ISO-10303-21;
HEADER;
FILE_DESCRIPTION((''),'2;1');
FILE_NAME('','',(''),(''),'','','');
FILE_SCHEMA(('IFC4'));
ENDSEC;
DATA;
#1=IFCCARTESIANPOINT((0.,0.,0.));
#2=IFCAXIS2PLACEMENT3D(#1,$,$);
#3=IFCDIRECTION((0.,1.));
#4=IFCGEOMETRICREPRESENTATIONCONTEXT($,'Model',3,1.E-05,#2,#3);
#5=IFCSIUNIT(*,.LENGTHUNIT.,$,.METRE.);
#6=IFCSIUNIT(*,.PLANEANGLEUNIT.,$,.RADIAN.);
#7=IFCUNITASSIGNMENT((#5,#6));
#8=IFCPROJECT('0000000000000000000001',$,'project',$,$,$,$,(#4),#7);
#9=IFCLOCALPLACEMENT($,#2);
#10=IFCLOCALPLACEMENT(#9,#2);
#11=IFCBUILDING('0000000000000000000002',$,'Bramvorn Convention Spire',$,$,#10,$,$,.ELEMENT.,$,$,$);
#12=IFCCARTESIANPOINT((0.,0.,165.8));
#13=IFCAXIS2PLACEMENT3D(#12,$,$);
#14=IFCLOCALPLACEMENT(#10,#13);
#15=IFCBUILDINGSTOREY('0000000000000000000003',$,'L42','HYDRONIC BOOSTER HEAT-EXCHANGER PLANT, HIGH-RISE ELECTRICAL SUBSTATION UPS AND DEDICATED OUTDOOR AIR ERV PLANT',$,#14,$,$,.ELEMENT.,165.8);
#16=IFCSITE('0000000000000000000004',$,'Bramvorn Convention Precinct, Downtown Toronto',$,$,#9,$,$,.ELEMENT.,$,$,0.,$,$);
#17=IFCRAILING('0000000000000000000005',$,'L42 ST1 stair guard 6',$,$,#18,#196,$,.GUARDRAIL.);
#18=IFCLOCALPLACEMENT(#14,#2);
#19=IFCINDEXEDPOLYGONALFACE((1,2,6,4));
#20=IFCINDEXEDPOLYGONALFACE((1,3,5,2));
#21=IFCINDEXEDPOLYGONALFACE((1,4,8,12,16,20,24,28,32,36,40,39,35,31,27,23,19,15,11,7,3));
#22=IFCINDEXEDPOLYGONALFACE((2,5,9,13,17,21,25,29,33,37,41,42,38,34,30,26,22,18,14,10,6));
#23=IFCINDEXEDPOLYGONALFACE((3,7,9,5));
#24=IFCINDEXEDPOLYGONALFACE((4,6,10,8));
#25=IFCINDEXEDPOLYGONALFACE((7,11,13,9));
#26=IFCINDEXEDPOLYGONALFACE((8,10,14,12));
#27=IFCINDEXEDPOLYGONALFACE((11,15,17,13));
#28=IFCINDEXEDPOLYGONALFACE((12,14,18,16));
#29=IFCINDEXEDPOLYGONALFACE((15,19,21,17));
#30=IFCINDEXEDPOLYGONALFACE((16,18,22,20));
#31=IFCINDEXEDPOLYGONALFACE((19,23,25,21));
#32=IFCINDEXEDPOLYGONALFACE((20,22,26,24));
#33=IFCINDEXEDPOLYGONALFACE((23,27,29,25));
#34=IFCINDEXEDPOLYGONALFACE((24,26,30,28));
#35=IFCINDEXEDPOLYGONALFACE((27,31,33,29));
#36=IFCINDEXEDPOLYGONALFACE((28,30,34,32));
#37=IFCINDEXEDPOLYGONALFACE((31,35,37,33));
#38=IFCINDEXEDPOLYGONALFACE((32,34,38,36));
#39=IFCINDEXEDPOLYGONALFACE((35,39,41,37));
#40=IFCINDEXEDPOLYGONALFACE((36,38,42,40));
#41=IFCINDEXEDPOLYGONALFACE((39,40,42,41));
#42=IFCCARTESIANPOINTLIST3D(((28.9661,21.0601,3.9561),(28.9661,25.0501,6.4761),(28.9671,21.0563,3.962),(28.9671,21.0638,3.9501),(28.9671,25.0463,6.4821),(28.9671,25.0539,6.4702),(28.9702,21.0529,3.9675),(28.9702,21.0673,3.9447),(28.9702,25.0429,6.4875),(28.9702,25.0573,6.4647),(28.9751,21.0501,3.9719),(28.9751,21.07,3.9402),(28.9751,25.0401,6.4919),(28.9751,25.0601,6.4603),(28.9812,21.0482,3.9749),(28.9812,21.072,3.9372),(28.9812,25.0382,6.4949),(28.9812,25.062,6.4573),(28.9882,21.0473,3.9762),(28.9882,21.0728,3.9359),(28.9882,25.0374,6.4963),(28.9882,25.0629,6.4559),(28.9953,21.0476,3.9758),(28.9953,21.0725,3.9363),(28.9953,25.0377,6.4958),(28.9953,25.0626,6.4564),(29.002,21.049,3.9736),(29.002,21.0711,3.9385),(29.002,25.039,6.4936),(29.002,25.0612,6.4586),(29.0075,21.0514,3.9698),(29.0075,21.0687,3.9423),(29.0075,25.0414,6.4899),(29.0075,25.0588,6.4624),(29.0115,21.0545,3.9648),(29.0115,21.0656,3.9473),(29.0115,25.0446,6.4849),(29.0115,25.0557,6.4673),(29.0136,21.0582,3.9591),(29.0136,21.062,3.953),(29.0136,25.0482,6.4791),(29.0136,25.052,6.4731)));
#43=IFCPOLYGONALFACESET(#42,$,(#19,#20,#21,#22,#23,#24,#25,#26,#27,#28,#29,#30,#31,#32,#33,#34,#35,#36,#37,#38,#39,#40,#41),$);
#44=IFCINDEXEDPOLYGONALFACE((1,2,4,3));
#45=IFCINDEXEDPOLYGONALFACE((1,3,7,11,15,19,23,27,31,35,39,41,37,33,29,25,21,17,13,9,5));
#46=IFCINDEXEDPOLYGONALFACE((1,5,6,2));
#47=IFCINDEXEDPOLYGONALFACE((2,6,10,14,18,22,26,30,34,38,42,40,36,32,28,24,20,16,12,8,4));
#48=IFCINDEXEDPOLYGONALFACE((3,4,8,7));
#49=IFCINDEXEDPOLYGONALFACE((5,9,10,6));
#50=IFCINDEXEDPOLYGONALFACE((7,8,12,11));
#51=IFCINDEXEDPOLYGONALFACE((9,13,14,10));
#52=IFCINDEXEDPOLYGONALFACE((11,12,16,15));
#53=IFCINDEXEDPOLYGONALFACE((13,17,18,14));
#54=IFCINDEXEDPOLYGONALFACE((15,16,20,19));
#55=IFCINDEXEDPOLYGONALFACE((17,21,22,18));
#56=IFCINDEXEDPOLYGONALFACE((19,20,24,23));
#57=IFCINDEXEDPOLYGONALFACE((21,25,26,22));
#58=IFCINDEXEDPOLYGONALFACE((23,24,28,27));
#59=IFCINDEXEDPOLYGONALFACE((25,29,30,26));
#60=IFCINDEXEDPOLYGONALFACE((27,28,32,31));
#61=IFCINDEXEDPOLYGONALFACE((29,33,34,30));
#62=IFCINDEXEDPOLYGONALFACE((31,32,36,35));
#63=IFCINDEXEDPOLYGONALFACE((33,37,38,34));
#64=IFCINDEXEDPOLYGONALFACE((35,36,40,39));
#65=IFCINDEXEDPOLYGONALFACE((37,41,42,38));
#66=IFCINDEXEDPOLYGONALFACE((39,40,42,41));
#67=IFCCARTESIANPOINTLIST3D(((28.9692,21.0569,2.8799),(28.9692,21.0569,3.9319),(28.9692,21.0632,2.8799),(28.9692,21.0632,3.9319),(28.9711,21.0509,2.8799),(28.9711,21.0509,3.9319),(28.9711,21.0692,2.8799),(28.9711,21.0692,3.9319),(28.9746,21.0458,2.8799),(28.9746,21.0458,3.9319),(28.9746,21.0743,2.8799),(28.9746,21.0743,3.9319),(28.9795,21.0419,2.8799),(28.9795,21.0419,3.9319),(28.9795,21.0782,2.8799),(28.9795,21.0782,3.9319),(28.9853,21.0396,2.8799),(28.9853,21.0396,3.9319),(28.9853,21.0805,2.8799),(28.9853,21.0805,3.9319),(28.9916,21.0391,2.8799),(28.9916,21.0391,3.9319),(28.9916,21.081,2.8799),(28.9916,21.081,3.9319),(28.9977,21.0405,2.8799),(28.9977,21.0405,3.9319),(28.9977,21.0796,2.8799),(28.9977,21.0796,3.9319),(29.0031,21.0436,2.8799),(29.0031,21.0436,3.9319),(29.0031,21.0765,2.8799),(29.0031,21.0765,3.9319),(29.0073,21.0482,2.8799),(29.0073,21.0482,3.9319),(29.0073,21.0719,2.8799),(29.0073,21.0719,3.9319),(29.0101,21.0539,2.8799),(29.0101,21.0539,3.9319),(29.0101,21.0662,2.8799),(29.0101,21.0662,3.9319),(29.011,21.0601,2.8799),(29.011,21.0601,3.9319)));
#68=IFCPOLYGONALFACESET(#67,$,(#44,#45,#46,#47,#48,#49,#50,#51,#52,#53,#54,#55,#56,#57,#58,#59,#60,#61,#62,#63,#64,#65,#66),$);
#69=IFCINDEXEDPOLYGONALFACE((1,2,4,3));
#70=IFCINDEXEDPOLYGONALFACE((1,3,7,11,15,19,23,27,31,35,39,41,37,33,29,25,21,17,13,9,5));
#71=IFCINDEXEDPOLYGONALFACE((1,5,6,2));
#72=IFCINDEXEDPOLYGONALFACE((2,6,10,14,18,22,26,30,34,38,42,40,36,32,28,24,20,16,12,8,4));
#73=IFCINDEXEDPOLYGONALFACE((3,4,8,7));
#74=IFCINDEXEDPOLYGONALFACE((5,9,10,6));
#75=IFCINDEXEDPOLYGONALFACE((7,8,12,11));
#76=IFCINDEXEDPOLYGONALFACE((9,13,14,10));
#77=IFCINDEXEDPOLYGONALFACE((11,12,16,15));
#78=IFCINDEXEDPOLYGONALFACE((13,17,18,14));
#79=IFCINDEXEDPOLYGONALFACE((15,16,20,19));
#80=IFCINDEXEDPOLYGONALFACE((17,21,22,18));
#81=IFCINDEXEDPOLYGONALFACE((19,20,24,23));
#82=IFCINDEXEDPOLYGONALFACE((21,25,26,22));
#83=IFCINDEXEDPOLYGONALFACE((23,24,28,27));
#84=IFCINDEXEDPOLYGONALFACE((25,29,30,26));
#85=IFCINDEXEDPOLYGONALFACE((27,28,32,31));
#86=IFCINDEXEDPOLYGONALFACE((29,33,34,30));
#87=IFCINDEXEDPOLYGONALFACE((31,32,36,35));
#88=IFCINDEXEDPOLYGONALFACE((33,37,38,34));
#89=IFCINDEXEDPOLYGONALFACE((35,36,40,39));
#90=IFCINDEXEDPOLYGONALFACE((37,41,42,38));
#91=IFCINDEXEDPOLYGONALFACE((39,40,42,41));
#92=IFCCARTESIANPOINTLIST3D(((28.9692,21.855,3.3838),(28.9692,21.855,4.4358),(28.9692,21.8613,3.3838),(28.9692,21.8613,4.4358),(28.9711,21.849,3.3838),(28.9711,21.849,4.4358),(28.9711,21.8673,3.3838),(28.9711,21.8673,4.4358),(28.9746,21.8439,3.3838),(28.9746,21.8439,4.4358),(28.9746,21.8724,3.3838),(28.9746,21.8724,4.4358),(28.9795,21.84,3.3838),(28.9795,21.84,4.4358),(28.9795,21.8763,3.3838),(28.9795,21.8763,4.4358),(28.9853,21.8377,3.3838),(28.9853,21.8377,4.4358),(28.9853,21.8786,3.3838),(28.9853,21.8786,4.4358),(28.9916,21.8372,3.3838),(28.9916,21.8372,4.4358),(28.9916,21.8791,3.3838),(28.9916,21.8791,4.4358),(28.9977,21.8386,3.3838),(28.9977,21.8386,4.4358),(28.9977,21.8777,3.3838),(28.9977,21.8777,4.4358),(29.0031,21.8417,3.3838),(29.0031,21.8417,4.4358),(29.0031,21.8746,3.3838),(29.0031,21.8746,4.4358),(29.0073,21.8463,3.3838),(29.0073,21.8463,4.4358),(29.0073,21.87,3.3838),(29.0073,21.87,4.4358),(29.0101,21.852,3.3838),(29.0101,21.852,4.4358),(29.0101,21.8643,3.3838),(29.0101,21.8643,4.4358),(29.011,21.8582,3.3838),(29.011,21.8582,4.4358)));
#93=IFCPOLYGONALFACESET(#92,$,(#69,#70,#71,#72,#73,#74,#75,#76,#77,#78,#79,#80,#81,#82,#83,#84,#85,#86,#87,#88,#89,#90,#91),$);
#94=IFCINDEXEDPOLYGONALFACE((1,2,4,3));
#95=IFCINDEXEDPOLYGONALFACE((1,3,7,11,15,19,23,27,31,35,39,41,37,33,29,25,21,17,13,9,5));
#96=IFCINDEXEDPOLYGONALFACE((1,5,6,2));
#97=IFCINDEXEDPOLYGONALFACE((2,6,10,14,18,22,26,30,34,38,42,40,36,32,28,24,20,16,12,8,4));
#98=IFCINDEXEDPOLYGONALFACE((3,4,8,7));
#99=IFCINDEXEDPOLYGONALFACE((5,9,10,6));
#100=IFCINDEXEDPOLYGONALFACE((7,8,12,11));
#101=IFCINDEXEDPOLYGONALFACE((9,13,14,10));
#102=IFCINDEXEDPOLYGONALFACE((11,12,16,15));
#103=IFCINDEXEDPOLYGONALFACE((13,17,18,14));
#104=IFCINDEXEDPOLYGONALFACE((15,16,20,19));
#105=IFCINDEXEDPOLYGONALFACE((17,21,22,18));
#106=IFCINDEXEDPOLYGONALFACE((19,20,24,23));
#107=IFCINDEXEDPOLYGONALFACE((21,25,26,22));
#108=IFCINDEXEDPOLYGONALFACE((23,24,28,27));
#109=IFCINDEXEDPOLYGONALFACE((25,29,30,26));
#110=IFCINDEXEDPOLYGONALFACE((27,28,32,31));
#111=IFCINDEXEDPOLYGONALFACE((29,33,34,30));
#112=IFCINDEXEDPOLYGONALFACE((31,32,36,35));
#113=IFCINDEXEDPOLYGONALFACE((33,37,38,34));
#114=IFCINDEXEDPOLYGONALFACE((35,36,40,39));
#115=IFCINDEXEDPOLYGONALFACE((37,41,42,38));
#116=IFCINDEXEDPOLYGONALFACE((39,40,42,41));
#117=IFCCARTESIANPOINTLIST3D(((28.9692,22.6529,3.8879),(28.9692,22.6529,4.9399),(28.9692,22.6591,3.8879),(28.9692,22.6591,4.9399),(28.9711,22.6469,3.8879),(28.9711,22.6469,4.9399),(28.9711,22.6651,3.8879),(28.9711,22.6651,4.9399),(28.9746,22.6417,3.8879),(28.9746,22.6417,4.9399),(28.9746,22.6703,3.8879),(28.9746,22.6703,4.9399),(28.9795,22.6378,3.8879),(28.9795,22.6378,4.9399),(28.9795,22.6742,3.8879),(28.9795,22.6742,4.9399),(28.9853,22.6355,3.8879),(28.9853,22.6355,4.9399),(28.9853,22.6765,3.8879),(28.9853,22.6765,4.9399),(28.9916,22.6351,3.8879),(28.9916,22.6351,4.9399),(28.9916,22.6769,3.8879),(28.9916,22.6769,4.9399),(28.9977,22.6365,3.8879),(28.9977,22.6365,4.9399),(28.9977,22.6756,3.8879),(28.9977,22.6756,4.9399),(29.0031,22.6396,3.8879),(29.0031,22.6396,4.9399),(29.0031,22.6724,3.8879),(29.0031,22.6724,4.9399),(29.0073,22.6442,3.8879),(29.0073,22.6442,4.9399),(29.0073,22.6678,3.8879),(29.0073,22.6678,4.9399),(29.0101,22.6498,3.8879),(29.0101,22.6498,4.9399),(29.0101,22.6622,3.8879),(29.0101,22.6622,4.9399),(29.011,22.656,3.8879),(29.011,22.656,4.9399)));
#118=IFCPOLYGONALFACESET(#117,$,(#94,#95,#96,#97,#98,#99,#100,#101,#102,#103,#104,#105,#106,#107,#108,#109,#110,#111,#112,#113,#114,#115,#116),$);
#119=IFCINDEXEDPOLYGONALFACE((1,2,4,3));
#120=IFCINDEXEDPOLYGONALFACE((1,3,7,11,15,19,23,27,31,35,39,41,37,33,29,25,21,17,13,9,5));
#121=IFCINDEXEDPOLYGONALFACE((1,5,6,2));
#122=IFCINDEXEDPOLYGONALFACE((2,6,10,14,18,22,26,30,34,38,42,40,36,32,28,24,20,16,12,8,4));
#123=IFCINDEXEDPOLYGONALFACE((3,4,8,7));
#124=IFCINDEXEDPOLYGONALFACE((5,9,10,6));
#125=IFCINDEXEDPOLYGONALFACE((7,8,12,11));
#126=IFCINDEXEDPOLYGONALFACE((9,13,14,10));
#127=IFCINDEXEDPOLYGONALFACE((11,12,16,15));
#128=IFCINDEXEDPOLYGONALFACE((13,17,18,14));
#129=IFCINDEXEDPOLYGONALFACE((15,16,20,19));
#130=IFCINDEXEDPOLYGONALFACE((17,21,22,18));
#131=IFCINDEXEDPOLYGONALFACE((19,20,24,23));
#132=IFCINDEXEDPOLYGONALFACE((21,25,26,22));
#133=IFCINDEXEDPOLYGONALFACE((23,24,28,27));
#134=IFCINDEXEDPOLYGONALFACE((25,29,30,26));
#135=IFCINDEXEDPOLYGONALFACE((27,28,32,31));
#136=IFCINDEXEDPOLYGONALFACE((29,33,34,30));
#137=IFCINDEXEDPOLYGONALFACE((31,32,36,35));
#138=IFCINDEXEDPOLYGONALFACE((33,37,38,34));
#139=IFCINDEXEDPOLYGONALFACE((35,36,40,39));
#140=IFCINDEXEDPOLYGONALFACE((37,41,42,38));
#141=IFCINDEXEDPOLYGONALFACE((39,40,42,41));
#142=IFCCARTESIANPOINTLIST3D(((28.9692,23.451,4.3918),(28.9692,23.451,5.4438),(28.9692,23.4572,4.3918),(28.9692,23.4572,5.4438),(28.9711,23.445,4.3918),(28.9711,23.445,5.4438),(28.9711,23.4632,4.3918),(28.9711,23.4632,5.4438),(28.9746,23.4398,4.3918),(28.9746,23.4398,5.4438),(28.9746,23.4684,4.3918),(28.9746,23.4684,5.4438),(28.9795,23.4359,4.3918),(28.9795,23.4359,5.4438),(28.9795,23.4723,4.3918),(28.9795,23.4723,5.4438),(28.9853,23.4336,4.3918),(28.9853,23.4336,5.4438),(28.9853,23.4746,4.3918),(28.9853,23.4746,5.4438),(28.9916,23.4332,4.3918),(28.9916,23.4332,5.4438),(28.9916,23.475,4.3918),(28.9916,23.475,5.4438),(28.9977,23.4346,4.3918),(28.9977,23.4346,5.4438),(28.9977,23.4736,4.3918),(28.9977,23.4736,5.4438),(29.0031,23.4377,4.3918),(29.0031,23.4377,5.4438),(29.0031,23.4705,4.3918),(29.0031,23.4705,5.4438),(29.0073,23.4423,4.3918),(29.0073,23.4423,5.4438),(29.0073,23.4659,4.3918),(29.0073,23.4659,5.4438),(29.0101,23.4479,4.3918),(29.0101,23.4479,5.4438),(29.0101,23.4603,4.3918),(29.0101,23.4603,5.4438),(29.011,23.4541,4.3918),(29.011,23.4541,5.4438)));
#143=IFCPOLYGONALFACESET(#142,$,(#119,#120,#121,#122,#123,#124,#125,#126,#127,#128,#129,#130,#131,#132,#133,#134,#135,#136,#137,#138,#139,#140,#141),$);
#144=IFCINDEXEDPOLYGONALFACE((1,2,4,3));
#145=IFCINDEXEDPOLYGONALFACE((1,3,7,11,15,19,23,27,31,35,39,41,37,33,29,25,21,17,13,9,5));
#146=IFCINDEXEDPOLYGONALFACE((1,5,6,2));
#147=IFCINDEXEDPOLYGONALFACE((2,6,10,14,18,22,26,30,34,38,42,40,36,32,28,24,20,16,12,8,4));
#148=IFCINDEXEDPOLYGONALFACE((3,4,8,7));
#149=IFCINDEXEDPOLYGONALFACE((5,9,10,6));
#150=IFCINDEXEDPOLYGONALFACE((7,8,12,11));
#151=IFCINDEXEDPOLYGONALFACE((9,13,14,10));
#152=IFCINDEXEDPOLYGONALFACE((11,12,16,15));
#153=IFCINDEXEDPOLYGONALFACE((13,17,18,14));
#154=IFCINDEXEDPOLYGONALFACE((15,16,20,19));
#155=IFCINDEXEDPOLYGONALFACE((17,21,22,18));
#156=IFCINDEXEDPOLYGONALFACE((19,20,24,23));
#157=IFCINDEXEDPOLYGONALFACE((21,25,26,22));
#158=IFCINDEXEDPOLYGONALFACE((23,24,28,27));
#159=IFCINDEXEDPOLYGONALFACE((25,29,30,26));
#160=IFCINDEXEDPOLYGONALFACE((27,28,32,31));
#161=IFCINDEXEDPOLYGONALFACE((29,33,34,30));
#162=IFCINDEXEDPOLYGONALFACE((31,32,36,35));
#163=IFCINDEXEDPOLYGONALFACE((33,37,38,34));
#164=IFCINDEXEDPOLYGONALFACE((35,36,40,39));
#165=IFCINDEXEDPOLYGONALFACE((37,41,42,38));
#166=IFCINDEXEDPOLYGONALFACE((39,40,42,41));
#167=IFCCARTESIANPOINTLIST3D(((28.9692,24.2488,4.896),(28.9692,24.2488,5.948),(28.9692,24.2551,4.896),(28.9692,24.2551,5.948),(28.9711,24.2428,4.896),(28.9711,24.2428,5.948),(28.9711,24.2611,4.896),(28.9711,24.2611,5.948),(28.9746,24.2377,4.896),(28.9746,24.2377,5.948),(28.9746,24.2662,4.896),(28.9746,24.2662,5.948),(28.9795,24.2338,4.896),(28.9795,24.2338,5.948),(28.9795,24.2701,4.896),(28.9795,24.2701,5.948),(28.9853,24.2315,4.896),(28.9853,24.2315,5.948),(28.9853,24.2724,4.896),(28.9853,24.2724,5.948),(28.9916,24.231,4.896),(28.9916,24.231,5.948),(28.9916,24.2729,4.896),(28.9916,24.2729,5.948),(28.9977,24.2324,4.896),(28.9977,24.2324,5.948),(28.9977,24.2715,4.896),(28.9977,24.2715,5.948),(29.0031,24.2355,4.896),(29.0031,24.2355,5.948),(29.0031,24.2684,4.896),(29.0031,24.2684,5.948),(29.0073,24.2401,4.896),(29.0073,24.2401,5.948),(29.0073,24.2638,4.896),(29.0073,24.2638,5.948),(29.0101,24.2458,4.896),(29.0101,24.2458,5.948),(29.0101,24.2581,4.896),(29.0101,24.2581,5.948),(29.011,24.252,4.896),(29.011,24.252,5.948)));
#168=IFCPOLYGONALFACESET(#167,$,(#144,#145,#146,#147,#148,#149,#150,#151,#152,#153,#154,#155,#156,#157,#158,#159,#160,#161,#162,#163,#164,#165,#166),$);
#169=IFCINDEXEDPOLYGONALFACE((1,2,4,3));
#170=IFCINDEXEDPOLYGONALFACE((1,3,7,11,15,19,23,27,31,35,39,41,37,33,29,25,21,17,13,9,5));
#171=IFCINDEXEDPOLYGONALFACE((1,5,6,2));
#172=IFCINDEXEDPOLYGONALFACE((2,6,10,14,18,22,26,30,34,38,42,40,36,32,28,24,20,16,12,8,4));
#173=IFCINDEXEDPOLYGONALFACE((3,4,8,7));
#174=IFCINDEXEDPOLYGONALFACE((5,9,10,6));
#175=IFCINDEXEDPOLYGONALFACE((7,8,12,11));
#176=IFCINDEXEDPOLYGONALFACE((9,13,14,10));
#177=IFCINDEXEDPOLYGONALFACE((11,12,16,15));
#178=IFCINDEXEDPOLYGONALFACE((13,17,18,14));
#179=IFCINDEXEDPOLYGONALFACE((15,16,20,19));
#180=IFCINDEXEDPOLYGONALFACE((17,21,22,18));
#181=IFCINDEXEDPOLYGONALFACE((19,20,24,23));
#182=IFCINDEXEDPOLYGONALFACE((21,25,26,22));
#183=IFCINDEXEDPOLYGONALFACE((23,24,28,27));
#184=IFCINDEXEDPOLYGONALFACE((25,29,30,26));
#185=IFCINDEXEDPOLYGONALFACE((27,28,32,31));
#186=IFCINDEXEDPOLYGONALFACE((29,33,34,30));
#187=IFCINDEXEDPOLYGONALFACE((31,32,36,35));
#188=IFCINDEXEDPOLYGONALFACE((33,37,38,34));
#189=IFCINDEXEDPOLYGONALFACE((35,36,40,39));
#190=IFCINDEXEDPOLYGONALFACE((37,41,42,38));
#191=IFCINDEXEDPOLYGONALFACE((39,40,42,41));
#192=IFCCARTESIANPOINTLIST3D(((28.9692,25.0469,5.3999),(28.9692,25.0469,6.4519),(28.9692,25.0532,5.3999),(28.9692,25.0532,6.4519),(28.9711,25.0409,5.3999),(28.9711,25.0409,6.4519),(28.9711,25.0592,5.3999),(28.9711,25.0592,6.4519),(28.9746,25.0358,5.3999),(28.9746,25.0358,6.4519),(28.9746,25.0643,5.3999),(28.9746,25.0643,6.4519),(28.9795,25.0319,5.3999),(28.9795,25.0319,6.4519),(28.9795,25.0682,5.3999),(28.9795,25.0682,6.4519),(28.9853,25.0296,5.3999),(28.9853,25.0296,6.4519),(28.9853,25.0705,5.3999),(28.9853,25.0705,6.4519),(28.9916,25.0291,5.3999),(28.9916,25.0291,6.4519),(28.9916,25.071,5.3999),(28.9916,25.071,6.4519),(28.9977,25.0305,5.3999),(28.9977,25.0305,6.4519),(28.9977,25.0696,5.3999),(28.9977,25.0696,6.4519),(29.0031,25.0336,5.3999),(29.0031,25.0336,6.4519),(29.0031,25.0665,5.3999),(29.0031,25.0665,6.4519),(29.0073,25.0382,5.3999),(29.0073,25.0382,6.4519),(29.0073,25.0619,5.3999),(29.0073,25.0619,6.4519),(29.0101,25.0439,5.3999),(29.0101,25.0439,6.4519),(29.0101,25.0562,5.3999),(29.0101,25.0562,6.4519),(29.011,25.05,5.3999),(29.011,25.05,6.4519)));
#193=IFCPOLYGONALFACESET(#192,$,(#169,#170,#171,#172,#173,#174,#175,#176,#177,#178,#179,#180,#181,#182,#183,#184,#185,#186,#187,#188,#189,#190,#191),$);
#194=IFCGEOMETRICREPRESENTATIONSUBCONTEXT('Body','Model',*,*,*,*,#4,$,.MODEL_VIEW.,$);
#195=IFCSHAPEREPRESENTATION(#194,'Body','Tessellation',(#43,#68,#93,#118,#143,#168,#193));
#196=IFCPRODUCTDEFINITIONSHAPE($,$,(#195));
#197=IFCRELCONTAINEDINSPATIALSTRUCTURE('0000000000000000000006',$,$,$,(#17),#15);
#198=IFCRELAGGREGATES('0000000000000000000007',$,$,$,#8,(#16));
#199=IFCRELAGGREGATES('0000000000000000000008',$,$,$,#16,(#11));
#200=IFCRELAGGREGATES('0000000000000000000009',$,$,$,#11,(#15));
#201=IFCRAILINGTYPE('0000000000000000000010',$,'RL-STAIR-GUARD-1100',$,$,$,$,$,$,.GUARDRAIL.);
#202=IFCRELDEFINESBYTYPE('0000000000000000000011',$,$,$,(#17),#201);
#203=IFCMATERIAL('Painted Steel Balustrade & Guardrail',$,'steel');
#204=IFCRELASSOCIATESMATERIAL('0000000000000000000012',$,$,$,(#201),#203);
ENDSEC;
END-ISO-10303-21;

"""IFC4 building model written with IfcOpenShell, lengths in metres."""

from ifc_helpers import new_model, si_unit, direction, frame, origin, origin_2d, place, context, subcontext, project, spatial, circle, extrude, material, type_object, element, save


model = new_model("IFC4")

# Units and contexts
model_context = context("Model", 3, precision=1e-05, world=origin(), true_north=direction((0.0, 1.0)))
body_context = subcontext(model_context, "Body", "Model", "MODEL_VIEW")
ifc_project = project(units=[si_unit("LENGTHUNIT", "METRE"), si_unit("PLANEANGLEUNIT", "RADIAN")], contexts=[model_context])

# Site, building, storey
site_placement = place(None, origin())
site = spatial("IfcSite", under=ifc_project, at=site_placement, Name="Bramvorn Convention Precinct, Downtown Toronto", CompositionType="ELEMENT", RefElevation=0.0)
building_placement = place(site_placement, origin())
building = spatial("IfcBuilding", under=site, at=building_placement, Name="Bramvorn Convention Spire", CompositionType="ELEMENT")
storey_placement = place(building_placement, frame((0.0, 0.0, 165.8)))
storey = spatial("IfcBuildingStorey", under=building, at=storey_placement, Name="L42", Description="HYDRONIC BOOSTER HEAT-EXCHANGER PLANT, HIGH-RISE ELECTRICAL SUBSTATION UPS AND DEDICATED OUTDOOR AIR ERV PLANT", CompositionType="ELEMENT", Elevation=165.8)

# Railing
ifc_material_1 = material(Name="Painted Steel Balustrade & Guardrail", Category="steel")
railing_type_1 = type_object("IfcRailingType", Name="RL-STAIR-GUARD-1100", PredefinedType="GUARDRAIL", material=ifc_material_1)
railing_1_placement = place(storey_placement, frame((28.99, 21.0601, 2.8799)))
element("IfcRailing", 1, at=railing_1_placement, inside=storey, type_object=railing_type_1, Name="L42 ST1 stair guard 6", PredefinedType="GUARDRAIL", context=body_context, shape_type="SweptSolid", body=[
    extrude(circle(Radius=0.0239, at=origin_2d()), frame((0.0, 0.0, 1.0762), z_axis=(0.0, 0.845486, 0.533997), x_axis=(-1.0, 0.0, 0.0)), (0.0, 0.0, 1.0), 4.7192),
    extrude(circle(Radius=0.021, at=origin_2d()), origin(), (0.0, 0.0, 1.0), 1.052),
    extrude(circle(Radius=0.021, at=origin_2d()), frame((0.0, 0.7981, 0.5039)), (0.0, 0.0, 1.0), 1.052),
    extrude(circle(Radius=0.021, at=origin_2d()), frame((0.0, 1.5959, 1.0081)), (0.0, 0.0, 1.0), 1.052),
    extrude(circle(Radius=0.021, at=origin_2d()), frame((0.0, 2.394, 1.512)), (0.0, 0.0, 1.0), 1.052),
    extrude(circle(Radius=0.021, at=origin_2d()), frame((0.0, 3.1919, 2.0161)), (0.0, 0.0, 1.0), 1.052),
    extrude(circle(Radius=0.021, at=origin_2d()), frame((0.0, 3.99, 2.52)), (0.0, 0.0, 1.0), 1.052),
])

save(model, "model.ifc")
